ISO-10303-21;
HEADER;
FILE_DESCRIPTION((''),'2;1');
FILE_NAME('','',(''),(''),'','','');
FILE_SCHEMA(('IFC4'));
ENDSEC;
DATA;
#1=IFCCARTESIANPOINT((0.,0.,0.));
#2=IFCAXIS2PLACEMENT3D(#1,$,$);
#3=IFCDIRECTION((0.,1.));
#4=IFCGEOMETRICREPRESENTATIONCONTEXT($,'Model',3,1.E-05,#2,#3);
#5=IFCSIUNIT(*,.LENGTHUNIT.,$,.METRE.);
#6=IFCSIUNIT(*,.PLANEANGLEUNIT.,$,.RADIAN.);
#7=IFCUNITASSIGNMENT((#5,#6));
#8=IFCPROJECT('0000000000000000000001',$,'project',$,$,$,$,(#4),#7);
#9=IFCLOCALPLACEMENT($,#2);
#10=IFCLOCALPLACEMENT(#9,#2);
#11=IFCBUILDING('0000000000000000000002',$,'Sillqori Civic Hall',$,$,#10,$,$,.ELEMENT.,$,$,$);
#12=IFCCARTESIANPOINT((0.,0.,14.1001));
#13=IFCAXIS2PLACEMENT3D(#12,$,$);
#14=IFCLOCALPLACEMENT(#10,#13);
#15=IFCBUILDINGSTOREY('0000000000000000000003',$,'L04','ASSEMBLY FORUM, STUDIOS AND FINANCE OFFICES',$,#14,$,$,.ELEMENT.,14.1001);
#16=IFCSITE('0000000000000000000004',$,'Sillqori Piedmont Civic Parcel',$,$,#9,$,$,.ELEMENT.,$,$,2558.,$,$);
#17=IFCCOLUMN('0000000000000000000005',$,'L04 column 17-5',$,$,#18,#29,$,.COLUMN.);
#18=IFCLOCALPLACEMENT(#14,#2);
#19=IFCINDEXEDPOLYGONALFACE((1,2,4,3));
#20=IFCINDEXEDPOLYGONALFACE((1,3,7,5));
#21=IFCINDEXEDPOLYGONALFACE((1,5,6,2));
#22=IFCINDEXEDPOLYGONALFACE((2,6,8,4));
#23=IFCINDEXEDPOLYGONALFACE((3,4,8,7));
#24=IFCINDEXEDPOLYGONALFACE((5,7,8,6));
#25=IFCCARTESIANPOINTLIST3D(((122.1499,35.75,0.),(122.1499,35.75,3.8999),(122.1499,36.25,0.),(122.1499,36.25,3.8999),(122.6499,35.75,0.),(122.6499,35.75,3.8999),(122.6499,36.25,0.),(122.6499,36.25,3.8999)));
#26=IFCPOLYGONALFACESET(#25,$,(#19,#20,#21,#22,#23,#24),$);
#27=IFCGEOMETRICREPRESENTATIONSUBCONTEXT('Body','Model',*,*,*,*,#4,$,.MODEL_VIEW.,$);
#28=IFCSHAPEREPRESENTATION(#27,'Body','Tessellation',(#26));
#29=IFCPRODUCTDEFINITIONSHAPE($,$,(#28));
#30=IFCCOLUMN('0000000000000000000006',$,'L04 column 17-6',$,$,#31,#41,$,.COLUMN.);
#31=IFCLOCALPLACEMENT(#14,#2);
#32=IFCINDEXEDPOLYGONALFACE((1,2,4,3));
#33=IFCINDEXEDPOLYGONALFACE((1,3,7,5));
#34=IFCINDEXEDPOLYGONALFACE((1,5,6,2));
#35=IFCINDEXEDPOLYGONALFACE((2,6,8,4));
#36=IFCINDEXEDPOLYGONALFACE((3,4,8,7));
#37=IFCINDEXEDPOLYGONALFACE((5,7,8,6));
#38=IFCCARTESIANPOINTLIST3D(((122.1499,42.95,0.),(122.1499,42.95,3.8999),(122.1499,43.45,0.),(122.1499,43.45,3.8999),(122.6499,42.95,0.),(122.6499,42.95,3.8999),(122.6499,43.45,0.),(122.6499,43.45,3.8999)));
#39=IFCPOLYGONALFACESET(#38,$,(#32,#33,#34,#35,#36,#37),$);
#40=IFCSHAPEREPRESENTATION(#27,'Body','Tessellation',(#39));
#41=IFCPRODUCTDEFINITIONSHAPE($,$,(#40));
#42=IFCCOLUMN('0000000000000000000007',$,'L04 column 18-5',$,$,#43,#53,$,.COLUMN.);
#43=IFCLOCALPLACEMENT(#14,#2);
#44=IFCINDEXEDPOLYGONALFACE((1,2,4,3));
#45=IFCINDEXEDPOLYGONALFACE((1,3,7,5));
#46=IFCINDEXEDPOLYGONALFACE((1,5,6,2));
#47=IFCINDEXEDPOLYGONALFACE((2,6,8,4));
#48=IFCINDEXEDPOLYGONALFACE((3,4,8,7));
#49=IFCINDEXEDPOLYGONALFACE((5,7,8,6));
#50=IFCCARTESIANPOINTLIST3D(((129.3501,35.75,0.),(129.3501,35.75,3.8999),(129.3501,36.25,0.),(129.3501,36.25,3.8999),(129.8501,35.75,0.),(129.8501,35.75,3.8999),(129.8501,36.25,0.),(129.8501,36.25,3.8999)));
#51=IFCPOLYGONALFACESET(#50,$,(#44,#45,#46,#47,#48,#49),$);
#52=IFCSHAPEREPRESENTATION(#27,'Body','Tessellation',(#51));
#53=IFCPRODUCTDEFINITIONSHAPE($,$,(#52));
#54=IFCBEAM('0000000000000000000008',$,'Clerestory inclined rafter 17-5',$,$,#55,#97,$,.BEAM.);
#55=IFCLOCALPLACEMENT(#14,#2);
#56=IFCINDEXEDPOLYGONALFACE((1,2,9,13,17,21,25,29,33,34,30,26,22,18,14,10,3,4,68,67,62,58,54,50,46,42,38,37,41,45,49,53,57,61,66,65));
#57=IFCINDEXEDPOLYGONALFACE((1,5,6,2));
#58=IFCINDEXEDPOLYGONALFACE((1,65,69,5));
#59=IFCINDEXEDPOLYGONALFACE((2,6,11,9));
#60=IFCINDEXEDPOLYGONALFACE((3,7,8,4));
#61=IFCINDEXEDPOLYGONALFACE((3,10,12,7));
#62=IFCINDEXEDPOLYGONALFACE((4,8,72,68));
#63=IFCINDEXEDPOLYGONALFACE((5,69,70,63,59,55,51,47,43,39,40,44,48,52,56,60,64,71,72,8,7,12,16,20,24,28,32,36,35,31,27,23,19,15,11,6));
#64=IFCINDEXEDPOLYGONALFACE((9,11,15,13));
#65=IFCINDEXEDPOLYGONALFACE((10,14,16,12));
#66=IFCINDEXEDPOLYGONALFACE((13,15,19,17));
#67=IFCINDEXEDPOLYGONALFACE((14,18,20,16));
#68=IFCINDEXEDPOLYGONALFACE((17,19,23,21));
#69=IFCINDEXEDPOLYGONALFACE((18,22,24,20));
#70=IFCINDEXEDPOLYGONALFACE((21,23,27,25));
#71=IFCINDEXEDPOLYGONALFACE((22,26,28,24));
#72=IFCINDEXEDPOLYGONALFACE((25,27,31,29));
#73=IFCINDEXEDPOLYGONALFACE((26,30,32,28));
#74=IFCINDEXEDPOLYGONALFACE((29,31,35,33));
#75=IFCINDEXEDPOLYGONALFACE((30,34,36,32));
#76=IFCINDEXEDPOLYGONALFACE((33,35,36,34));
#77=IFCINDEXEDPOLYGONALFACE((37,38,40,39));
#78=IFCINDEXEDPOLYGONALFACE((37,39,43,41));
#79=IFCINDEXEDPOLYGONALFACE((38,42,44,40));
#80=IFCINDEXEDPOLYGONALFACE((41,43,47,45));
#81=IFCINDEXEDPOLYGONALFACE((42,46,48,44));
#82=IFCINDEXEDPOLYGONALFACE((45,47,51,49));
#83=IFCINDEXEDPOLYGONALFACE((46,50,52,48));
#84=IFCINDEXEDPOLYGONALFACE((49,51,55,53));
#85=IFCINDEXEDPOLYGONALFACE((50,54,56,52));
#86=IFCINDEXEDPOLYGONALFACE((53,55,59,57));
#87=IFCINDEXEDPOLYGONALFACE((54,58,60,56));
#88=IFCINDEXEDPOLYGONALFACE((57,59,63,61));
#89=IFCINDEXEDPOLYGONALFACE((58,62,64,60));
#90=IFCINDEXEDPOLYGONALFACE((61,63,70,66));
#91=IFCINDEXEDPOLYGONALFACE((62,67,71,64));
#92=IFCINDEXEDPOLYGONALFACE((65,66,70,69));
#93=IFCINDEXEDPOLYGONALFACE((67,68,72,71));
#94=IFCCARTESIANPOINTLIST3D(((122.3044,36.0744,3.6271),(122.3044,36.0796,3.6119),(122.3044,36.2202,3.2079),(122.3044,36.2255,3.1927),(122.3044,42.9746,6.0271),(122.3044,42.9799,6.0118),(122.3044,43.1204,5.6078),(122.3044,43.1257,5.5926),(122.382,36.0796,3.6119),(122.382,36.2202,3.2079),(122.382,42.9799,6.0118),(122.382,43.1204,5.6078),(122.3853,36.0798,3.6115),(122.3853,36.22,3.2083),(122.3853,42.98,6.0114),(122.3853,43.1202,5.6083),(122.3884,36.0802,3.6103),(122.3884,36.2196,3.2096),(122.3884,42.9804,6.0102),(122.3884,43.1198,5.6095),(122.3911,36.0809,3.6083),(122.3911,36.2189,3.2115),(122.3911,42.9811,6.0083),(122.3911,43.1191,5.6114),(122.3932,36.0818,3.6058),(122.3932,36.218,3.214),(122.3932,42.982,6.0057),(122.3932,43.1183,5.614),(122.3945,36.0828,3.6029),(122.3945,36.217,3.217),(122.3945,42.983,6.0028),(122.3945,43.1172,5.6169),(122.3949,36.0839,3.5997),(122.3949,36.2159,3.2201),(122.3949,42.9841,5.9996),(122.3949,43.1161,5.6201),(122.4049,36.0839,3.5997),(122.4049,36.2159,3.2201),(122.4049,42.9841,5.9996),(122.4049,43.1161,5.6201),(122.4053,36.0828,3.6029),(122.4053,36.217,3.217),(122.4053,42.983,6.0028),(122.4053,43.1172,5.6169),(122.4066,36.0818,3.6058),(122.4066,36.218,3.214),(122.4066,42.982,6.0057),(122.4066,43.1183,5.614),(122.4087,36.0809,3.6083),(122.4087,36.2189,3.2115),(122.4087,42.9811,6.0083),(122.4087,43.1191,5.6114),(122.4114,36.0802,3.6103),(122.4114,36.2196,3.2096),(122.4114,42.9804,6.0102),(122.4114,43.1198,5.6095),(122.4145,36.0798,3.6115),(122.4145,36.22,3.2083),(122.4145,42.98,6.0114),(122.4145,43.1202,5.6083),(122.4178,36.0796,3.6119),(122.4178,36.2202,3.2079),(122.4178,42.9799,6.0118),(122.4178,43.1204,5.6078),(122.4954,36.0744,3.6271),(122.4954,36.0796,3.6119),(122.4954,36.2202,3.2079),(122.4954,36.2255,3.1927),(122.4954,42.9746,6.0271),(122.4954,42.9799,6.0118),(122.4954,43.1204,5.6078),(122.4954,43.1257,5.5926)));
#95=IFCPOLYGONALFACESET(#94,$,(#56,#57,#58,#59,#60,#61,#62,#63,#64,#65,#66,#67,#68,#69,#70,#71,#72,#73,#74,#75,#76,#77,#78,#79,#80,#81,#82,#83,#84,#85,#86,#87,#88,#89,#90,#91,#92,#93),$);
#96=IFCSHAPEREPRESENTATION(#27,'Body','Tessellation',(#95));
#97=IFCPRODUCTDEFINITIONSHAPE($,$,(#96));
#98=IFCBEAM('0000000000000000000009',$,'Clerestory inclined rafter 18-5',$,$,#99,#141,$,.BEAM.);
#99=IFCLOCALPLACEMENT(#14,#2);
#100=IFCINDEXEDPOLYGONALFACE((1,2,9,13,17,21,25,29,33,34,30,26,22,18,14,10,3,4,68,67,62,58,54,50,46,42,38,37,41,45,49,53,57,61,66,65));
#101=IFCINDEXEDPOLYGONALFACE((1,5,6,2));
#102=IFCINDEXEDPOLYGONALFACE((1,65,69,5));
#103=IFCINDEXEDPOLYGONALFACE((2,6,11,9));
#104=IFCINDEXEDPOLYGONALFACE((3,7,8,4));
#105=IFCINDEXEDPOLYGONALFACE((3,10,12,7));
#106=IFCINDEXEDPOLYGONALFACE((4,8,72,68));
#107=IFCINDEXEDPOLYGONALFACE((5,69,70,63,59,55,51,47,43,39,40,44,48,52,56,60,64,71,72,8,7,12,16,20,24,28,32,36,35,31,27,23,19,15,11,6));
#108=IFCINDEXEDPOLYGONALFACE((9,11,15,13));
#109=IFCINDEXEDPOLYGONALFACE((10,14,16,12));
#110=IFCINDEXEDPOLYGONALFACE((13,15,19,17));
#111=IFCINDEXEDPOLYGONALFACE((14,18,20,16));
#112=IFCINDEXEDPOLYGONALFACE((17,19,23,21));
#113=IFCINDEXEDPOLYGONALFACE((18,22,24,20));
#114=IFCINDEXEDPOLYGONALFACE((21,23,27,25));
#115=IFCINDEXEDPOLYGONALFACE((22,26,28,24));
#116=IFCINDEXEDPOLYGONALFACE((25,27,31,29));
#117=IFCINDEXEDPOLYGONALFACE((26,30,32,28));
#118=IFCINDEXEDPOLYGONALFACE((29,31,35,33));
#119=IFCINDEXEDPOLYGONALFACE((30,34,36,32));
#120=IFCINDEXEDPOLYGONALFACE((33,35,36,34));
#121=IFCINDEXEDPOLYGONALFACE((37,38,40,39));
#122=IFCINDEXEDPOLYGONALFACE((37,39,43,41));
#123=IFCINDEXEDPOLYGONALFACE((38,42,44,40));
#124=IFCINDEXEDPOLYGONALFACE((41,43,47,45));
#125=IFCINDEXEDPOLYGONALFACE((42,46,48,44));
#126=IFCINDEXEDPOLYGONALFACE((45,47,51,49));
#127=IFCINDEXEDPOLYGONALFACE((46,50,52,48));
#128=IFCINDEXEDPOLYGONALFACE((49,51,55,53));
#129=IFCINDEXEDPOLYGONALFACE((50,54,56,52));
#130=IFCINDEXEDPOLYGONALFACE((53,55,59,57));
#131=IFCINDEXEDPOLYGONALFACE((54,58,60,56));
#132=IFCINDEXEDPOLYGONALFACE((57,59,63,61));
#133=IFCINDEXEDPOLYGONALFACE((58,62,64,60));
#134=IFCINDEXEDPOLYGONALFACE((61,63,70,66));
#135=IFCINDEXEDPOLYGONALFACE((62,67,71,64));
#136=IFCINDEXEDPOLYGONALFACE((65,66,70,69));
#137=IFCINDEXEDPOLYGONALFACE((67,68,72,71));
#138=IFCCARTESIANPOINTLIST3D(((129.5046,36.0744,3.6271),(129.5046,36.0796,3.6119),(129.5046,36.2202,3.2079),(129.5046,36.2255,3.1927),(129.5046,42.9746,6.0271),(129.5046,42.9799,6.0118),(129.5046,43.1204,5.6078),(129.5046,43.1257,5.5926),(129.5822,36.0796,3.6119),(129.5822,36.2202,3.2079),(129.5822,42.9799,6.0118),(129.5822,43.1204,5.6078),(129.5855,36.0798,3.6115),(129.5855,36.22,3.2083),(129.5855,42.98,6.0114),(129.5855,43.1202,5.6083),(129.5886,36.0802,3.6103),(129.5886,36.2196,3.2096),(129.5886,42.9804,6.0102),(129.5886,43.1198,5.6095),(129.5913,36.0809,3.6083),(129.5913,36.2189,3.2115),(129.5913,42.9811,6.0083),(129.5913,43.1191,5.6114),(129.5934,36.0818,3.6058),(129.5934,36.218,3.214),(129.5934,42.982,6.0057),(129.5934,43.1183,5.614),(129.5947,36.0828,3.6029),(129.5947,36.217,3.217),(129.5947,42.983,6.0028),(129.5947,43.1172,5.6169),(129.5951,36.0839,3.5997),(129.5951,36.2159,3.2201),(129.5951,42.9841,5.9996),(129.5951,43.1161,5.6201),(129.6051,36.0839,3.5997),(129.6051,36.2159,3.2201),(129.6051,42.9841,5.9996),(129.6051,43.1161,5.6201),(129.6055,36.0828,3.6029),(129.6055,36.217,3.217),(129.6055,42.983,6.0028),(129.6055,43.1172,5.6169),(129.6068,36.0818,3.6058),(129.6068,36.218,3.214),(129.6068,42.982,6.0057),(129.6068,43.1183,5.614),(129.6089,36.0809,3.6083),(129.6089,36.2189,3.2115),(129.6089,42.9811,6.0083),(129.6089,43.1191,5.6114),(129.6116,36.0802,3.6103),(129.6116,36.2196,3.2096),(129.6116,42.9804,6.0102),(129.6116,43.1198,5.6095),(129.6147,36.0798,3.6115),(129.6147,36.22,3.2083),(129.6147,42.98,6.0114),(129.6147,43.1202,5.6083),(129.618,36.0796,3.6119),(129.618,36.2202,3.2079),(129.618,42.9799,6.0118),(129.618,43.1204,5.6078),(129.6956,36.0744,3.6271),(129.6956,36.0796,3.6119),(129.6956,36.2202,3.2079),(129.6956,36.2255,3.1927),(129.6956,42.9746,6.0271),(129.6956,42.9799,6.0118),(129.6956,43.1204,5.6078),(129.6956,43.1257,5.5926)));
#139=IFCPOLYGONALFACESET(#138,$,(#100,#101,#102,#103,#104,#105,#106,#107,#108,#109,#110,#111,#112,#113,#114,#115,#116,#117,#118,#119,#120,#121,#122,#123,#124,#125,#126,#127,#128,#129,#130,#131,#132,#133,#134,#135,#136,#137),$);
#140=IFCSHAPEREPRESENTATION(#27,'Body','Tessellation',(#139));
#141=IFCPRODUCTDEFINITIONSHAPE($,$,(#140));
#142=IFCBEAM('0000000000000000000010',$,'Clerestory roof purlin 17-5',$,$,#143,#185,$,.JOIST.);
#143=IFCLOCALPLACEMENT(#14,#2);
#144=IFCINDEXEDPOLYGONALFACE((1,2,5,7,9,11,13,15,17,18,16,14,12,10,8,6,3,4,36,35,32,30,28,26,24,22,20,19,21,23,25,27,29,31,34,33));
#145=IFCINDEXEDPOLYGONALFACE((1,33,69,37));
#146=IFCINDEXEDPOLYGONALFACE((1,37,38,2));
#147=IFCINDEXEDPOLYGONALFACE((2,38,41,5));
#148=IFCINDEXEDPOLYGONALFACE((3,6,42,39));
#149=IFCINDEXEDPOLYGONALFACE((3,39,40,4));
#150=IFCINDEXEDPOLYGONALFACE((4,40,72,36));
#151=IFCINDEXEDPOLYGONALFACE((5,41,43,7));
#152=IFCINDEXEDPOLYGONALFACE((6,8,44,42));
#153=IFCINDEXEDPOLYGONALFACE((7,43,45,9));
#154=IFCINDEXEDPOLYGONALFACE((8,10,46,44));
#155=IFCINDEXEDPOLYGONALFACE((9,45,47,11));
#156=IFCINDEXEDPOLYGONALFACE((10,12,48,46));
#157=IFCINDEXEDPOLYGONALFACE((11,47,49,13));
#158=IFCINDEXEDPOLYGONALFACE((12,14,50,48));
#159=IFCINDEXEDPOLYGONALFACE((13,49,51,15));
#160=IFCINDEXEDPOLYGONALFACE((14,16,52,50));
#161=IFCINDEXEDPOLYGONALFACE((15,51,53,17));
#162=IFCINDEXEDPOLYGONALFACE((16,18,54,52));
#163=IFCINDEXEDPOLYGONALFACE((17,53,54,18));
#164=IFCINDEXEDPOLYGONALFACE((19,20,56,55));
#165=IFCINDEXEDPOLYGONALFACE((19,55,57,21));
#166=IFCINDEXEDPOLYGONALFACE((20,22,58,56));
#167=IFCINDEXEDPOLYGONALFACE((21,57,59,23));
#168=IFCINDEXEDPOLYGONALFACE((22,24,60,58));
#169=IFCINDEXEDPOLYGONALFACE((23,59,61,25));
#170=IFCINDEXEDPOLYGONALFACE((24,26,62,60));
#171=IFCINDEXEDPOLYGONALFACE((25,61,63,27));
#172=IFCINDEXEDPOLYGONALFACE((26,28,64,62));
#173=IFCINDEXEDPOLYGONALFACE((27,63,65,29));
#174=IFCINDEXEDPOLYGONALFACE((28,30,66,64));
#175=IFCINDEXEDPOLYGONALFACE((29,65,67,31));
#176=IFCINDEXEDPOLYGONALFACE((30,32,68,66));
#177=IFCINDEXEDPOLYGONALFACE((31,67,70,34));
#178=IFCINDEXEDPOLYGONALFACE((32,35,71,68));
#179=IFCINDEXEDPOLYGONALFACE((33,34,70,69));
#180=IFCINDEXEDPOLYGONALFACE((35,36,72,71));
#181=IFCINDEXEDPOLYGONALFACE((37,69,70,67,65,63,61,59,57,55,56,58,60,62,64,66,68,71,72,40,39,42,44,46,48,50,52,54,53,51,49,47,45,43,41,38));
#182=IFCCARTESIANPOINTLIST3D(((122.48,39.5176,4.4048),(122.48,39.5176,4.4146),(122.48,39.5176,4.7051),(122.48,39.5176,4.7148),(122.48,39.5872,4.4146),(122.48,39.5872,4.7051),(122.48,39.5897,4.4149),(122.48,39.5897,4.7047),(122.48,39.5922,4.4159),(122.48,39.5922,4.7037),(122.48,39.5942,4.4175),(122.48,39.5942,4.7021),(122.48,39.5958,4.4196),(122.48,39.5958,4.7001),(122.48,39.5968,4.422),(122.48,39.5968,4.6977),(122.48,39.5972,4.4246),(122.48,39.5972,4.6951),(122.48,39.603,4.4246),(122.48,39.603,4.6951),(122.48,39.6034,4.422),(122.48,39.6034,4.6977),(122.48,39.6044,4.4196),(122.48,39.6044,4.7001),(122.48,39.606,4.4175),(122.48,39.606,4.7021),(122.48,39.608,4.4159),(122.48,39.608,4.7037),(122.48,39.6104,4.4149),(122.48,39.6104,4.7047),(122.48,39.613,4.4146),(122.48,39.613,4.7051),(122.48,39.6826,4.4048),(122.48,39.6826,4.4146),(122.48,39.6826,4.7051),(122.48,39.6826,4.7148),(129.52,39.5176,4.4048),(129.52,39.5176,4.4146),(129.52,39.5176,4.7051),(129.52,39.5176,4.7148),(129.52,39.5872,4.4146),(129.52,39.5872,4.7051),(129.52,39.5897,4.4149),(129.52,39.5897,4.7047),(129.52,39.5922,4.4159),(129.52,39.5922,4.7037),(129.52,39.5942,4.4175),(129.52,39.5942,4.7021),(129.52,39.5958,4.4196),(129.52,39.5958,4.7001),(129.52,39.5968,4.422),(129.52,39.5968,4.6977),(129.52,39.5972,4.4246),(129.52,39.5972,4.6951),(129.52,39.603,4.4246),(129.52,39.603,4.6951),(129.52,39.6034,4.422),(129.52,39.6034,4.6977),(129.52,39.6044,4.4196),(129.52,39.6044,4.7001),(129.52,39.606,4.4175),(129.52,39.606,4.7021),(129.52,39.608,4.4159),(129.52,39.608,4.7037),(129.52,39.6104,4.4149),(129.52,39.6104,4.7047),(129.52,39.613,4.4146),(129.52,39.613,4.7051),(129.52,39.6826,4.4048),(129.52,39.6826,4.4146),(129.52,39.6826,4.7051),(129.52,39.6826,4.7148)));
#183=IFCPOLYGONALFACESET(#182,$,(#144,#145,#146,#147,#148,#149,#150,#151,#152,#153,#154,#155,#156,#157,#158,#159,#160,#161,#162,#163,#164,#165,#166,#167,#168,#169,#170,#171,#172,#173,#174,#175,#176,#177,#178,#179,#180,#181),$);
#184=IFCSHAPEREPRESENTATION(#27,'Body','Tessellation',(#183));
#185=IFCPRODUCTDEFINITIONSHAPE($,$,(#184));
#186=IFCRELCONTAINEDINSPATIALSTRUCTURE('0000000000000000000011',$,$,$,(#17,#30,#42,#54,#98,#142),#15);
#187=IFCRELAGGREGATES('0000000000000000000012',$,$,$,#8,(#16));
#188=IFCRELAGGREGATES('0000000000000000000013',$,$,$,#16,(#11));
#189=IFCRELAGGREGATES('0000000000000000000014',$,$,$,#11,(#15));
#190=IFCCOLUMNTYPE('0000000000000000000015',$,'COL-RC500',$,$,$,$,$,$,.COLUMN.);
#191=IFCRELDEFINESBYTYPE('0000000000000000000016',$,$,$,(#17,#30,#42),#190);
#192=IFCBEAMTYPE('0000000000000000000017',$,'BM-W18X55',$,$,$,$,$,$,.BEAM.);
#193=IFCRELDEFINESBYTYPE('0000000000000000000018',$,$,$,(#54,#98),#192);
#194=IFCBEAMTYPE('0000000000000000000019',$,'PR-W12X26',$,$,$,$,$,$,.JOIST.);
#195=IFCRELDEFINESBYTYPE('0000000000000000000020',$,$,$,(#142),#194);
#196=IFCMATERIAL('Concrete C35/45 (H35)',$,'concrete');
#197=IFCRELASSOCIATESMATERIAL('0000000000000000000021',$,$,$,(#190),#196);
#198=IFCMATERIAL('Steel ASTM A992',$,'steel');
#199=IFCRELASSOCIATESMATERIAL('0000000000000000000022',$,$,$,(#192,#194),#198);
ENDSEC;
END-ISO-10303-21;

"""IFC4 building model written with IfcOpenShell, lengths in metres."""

from ifc_helpers import new_model, si_unit, direction, frame, origin, origin_2d, place, context, subcontext, project, spatial, rectangle, i_section, extrude, material, material_profile, profile_set, type_object, element, save


model = new_model("IFC4")

# Units and contexts
model_context = context("Model", 3, precision=1e-05, world=origin(), true_north=direction((0.0, 1.0)))
body_context = subcontext(model_context, "Body", "Model", "MODEL_VIEW")
ifc_project = project(units=[si_unit("LENGTHUNIT", "METRE"), si_unit("PLANEANGLEUNIT", "RADIAN")], contexts=[model_context])

# Site, building, storey
site_placement = place(None, origin())
site = spatial("IfcSite", under=ifc_project, at=site_placement, Name="Sillqori Piedmont Civic Parcel", CompositionType="ELEMENT", RefElevation=2558.0)
building_placement = place(site_placement, origin())
building = spatial("IfcBuilding", under=site, at=building_placement, Name="Sillqori Civic Hall", CompositionType="ELEMENT")
storey_placement = place(building_placement, frame((0.0, 0.0, 14.1001)))
storey = spatial("IfcBuildingStorey", under=building, at=storey_placement, Name="L04", Description="ASSEMBLY FORUM, STUDIOS AND FINANCE OFFICES", CompositionType="ELEMENT", Elevation=14.1001)

# Columns
ifc_material_1 = material(Name="Concrete C35/45 (H35)", Category="concrete")
ifc_material_profile_1 = material_profile(ifc_material_1, rectangle(XDim=0.5, YDim=0.5, at=origin_2d()), Name="RC 500x500")
ifc_profile_set_1 = profile_set([ifc_material_profile_1], Name="Concrete C35/45 (H35)")
column_type = type_object("IfcColumnType", Name="COL-RC500", PredefinedType="COLUMN", material=ifc_profile_set_1)
for number, where, z_axis, x_axis, name in (
    (1, (122.3999, 36.0, 0.0), (0.0, 0.0, 1.0), (1.0, 0.0, 0.0), "L04 column 17-5"),
    (2, (122.3999, 43.2, 0.0), (0.0, 0.0, 1.0), (1.0, 0.0, 0.0), "L04 column 17-6"),
    (3, (129.6001, 36.0, 0.0), (0.0, 0.0, 1.0), (1.0, 0.0, 0.0), "L04 column 18-5"),
):
    element("IfcColumn", number, at=place(storey_placement, frame(where, z_axis=z_axis, x_axis=x_axis)), inside=storey, type_object=column_type, Name=name, PredefinedType="COLUMN", context=body_context, shape_type="SweptSolid", body=[
        extrude(rectangle(XDim=0.5, YDim=0.5, at=origin_2d()), origin(), (0.0, 0.0, 1.0), 3.8999),
    ])

# Beams
ifc_material_2 = material(Name="Steel ASTM A992", Category="steel")
ifc_material_profile_2 = material_profile(ifc_material_2, i_section(OverallWidth=0.1909, OverallDepth=0.46, WebThickness=0.01, FlangeThickness=0.0161, FilletRadius=0.0129, at=origin_2d()), Name="W18X55")
ifc_profile_set_2 = profile_set([ifc_material_profile_2], Name="Steel ASTM A992")
beam_type_1 = type_object("IfcBeamType", Name="BM-W18X55", PredefinedType="BEAM", material=ifc_profile_set_2)
for number, where, z_axis, x_axis, name in (
    (4, (122.3999, 36.1499, 3.4099), (0.0, 0.944503, 0.328502), (-1.0, 0.0, 0.0), "Clerestory inclined rafter 17-5"),
    (5, (129.6001, 36.1499, 3.4099), (0.0, 0.944503, 0.328502), (-1.0, 0.0, 0.0), "Clerestory inclined rafter 18-5"),
):
    element("IfcBeam", number, at=place(storey_placement, frame(where, z_axis=z_axis, x_axis=x_axis)), inside=storey, type_object=beam_type_1, Name=name, PredefinedType="BEAM", context=body_context, shape_type="SweptSolid", body=[
        extrude(i_section(OverallWidth=0.1909, OverallDepth=0.46, WebThickness=0.01, FlangeThickness=0.0161, FilletRadius=0.0129, at=origin_2d()), origin(), (0.0, 0.0, 1.0), 7.3057),
    ])
ifc_material_profile_3 = material_profile(ifc_material_2, i_section(OverallWidth=0.165, OverallDepth=0.3101, WebThickness=0.0059, FlangeThickness=0.0098, FilletRadius=0.01, at=origin_2d()), Name="W12X26")
ifc_profile_set_3 = profile_set([ifc_material_profile_3], Name="Steel ASTM A992")
beam_type_2 = type_object("IfcBeamType", Name="PR-W12X26", PredefinedType="JOIST", material=ifc_profile_set_3)
for number, where, z_axis, x_axis, name in (
    (6, (122.48, 39.6001, 4.5598), (1.0, 0.0, 0.0), (0.0, 1.0, 0.0), "Clerestory roof purlin 17-5"),
):
    element("IfcBeam", number, at=place(storey_placement, frame(where, z_axis=z_axis, x_axis=x_axis)), inside=storey, type_object=beam_type_2, Name=name, PredefinedType="JOIST", context=body_context, shape_type="SweptSolid", body=[
        extrude(i_section(OverallWidth=0.165, OverallDepth=0.3101, WebThickness=0.0059, FlangeThickness=0.0098, FilletRadius=0.01, at=origin_2d()), origin(), (0.0, 0.0, 1.0), 7.04),
    ])

save(model, "model.ifc")
